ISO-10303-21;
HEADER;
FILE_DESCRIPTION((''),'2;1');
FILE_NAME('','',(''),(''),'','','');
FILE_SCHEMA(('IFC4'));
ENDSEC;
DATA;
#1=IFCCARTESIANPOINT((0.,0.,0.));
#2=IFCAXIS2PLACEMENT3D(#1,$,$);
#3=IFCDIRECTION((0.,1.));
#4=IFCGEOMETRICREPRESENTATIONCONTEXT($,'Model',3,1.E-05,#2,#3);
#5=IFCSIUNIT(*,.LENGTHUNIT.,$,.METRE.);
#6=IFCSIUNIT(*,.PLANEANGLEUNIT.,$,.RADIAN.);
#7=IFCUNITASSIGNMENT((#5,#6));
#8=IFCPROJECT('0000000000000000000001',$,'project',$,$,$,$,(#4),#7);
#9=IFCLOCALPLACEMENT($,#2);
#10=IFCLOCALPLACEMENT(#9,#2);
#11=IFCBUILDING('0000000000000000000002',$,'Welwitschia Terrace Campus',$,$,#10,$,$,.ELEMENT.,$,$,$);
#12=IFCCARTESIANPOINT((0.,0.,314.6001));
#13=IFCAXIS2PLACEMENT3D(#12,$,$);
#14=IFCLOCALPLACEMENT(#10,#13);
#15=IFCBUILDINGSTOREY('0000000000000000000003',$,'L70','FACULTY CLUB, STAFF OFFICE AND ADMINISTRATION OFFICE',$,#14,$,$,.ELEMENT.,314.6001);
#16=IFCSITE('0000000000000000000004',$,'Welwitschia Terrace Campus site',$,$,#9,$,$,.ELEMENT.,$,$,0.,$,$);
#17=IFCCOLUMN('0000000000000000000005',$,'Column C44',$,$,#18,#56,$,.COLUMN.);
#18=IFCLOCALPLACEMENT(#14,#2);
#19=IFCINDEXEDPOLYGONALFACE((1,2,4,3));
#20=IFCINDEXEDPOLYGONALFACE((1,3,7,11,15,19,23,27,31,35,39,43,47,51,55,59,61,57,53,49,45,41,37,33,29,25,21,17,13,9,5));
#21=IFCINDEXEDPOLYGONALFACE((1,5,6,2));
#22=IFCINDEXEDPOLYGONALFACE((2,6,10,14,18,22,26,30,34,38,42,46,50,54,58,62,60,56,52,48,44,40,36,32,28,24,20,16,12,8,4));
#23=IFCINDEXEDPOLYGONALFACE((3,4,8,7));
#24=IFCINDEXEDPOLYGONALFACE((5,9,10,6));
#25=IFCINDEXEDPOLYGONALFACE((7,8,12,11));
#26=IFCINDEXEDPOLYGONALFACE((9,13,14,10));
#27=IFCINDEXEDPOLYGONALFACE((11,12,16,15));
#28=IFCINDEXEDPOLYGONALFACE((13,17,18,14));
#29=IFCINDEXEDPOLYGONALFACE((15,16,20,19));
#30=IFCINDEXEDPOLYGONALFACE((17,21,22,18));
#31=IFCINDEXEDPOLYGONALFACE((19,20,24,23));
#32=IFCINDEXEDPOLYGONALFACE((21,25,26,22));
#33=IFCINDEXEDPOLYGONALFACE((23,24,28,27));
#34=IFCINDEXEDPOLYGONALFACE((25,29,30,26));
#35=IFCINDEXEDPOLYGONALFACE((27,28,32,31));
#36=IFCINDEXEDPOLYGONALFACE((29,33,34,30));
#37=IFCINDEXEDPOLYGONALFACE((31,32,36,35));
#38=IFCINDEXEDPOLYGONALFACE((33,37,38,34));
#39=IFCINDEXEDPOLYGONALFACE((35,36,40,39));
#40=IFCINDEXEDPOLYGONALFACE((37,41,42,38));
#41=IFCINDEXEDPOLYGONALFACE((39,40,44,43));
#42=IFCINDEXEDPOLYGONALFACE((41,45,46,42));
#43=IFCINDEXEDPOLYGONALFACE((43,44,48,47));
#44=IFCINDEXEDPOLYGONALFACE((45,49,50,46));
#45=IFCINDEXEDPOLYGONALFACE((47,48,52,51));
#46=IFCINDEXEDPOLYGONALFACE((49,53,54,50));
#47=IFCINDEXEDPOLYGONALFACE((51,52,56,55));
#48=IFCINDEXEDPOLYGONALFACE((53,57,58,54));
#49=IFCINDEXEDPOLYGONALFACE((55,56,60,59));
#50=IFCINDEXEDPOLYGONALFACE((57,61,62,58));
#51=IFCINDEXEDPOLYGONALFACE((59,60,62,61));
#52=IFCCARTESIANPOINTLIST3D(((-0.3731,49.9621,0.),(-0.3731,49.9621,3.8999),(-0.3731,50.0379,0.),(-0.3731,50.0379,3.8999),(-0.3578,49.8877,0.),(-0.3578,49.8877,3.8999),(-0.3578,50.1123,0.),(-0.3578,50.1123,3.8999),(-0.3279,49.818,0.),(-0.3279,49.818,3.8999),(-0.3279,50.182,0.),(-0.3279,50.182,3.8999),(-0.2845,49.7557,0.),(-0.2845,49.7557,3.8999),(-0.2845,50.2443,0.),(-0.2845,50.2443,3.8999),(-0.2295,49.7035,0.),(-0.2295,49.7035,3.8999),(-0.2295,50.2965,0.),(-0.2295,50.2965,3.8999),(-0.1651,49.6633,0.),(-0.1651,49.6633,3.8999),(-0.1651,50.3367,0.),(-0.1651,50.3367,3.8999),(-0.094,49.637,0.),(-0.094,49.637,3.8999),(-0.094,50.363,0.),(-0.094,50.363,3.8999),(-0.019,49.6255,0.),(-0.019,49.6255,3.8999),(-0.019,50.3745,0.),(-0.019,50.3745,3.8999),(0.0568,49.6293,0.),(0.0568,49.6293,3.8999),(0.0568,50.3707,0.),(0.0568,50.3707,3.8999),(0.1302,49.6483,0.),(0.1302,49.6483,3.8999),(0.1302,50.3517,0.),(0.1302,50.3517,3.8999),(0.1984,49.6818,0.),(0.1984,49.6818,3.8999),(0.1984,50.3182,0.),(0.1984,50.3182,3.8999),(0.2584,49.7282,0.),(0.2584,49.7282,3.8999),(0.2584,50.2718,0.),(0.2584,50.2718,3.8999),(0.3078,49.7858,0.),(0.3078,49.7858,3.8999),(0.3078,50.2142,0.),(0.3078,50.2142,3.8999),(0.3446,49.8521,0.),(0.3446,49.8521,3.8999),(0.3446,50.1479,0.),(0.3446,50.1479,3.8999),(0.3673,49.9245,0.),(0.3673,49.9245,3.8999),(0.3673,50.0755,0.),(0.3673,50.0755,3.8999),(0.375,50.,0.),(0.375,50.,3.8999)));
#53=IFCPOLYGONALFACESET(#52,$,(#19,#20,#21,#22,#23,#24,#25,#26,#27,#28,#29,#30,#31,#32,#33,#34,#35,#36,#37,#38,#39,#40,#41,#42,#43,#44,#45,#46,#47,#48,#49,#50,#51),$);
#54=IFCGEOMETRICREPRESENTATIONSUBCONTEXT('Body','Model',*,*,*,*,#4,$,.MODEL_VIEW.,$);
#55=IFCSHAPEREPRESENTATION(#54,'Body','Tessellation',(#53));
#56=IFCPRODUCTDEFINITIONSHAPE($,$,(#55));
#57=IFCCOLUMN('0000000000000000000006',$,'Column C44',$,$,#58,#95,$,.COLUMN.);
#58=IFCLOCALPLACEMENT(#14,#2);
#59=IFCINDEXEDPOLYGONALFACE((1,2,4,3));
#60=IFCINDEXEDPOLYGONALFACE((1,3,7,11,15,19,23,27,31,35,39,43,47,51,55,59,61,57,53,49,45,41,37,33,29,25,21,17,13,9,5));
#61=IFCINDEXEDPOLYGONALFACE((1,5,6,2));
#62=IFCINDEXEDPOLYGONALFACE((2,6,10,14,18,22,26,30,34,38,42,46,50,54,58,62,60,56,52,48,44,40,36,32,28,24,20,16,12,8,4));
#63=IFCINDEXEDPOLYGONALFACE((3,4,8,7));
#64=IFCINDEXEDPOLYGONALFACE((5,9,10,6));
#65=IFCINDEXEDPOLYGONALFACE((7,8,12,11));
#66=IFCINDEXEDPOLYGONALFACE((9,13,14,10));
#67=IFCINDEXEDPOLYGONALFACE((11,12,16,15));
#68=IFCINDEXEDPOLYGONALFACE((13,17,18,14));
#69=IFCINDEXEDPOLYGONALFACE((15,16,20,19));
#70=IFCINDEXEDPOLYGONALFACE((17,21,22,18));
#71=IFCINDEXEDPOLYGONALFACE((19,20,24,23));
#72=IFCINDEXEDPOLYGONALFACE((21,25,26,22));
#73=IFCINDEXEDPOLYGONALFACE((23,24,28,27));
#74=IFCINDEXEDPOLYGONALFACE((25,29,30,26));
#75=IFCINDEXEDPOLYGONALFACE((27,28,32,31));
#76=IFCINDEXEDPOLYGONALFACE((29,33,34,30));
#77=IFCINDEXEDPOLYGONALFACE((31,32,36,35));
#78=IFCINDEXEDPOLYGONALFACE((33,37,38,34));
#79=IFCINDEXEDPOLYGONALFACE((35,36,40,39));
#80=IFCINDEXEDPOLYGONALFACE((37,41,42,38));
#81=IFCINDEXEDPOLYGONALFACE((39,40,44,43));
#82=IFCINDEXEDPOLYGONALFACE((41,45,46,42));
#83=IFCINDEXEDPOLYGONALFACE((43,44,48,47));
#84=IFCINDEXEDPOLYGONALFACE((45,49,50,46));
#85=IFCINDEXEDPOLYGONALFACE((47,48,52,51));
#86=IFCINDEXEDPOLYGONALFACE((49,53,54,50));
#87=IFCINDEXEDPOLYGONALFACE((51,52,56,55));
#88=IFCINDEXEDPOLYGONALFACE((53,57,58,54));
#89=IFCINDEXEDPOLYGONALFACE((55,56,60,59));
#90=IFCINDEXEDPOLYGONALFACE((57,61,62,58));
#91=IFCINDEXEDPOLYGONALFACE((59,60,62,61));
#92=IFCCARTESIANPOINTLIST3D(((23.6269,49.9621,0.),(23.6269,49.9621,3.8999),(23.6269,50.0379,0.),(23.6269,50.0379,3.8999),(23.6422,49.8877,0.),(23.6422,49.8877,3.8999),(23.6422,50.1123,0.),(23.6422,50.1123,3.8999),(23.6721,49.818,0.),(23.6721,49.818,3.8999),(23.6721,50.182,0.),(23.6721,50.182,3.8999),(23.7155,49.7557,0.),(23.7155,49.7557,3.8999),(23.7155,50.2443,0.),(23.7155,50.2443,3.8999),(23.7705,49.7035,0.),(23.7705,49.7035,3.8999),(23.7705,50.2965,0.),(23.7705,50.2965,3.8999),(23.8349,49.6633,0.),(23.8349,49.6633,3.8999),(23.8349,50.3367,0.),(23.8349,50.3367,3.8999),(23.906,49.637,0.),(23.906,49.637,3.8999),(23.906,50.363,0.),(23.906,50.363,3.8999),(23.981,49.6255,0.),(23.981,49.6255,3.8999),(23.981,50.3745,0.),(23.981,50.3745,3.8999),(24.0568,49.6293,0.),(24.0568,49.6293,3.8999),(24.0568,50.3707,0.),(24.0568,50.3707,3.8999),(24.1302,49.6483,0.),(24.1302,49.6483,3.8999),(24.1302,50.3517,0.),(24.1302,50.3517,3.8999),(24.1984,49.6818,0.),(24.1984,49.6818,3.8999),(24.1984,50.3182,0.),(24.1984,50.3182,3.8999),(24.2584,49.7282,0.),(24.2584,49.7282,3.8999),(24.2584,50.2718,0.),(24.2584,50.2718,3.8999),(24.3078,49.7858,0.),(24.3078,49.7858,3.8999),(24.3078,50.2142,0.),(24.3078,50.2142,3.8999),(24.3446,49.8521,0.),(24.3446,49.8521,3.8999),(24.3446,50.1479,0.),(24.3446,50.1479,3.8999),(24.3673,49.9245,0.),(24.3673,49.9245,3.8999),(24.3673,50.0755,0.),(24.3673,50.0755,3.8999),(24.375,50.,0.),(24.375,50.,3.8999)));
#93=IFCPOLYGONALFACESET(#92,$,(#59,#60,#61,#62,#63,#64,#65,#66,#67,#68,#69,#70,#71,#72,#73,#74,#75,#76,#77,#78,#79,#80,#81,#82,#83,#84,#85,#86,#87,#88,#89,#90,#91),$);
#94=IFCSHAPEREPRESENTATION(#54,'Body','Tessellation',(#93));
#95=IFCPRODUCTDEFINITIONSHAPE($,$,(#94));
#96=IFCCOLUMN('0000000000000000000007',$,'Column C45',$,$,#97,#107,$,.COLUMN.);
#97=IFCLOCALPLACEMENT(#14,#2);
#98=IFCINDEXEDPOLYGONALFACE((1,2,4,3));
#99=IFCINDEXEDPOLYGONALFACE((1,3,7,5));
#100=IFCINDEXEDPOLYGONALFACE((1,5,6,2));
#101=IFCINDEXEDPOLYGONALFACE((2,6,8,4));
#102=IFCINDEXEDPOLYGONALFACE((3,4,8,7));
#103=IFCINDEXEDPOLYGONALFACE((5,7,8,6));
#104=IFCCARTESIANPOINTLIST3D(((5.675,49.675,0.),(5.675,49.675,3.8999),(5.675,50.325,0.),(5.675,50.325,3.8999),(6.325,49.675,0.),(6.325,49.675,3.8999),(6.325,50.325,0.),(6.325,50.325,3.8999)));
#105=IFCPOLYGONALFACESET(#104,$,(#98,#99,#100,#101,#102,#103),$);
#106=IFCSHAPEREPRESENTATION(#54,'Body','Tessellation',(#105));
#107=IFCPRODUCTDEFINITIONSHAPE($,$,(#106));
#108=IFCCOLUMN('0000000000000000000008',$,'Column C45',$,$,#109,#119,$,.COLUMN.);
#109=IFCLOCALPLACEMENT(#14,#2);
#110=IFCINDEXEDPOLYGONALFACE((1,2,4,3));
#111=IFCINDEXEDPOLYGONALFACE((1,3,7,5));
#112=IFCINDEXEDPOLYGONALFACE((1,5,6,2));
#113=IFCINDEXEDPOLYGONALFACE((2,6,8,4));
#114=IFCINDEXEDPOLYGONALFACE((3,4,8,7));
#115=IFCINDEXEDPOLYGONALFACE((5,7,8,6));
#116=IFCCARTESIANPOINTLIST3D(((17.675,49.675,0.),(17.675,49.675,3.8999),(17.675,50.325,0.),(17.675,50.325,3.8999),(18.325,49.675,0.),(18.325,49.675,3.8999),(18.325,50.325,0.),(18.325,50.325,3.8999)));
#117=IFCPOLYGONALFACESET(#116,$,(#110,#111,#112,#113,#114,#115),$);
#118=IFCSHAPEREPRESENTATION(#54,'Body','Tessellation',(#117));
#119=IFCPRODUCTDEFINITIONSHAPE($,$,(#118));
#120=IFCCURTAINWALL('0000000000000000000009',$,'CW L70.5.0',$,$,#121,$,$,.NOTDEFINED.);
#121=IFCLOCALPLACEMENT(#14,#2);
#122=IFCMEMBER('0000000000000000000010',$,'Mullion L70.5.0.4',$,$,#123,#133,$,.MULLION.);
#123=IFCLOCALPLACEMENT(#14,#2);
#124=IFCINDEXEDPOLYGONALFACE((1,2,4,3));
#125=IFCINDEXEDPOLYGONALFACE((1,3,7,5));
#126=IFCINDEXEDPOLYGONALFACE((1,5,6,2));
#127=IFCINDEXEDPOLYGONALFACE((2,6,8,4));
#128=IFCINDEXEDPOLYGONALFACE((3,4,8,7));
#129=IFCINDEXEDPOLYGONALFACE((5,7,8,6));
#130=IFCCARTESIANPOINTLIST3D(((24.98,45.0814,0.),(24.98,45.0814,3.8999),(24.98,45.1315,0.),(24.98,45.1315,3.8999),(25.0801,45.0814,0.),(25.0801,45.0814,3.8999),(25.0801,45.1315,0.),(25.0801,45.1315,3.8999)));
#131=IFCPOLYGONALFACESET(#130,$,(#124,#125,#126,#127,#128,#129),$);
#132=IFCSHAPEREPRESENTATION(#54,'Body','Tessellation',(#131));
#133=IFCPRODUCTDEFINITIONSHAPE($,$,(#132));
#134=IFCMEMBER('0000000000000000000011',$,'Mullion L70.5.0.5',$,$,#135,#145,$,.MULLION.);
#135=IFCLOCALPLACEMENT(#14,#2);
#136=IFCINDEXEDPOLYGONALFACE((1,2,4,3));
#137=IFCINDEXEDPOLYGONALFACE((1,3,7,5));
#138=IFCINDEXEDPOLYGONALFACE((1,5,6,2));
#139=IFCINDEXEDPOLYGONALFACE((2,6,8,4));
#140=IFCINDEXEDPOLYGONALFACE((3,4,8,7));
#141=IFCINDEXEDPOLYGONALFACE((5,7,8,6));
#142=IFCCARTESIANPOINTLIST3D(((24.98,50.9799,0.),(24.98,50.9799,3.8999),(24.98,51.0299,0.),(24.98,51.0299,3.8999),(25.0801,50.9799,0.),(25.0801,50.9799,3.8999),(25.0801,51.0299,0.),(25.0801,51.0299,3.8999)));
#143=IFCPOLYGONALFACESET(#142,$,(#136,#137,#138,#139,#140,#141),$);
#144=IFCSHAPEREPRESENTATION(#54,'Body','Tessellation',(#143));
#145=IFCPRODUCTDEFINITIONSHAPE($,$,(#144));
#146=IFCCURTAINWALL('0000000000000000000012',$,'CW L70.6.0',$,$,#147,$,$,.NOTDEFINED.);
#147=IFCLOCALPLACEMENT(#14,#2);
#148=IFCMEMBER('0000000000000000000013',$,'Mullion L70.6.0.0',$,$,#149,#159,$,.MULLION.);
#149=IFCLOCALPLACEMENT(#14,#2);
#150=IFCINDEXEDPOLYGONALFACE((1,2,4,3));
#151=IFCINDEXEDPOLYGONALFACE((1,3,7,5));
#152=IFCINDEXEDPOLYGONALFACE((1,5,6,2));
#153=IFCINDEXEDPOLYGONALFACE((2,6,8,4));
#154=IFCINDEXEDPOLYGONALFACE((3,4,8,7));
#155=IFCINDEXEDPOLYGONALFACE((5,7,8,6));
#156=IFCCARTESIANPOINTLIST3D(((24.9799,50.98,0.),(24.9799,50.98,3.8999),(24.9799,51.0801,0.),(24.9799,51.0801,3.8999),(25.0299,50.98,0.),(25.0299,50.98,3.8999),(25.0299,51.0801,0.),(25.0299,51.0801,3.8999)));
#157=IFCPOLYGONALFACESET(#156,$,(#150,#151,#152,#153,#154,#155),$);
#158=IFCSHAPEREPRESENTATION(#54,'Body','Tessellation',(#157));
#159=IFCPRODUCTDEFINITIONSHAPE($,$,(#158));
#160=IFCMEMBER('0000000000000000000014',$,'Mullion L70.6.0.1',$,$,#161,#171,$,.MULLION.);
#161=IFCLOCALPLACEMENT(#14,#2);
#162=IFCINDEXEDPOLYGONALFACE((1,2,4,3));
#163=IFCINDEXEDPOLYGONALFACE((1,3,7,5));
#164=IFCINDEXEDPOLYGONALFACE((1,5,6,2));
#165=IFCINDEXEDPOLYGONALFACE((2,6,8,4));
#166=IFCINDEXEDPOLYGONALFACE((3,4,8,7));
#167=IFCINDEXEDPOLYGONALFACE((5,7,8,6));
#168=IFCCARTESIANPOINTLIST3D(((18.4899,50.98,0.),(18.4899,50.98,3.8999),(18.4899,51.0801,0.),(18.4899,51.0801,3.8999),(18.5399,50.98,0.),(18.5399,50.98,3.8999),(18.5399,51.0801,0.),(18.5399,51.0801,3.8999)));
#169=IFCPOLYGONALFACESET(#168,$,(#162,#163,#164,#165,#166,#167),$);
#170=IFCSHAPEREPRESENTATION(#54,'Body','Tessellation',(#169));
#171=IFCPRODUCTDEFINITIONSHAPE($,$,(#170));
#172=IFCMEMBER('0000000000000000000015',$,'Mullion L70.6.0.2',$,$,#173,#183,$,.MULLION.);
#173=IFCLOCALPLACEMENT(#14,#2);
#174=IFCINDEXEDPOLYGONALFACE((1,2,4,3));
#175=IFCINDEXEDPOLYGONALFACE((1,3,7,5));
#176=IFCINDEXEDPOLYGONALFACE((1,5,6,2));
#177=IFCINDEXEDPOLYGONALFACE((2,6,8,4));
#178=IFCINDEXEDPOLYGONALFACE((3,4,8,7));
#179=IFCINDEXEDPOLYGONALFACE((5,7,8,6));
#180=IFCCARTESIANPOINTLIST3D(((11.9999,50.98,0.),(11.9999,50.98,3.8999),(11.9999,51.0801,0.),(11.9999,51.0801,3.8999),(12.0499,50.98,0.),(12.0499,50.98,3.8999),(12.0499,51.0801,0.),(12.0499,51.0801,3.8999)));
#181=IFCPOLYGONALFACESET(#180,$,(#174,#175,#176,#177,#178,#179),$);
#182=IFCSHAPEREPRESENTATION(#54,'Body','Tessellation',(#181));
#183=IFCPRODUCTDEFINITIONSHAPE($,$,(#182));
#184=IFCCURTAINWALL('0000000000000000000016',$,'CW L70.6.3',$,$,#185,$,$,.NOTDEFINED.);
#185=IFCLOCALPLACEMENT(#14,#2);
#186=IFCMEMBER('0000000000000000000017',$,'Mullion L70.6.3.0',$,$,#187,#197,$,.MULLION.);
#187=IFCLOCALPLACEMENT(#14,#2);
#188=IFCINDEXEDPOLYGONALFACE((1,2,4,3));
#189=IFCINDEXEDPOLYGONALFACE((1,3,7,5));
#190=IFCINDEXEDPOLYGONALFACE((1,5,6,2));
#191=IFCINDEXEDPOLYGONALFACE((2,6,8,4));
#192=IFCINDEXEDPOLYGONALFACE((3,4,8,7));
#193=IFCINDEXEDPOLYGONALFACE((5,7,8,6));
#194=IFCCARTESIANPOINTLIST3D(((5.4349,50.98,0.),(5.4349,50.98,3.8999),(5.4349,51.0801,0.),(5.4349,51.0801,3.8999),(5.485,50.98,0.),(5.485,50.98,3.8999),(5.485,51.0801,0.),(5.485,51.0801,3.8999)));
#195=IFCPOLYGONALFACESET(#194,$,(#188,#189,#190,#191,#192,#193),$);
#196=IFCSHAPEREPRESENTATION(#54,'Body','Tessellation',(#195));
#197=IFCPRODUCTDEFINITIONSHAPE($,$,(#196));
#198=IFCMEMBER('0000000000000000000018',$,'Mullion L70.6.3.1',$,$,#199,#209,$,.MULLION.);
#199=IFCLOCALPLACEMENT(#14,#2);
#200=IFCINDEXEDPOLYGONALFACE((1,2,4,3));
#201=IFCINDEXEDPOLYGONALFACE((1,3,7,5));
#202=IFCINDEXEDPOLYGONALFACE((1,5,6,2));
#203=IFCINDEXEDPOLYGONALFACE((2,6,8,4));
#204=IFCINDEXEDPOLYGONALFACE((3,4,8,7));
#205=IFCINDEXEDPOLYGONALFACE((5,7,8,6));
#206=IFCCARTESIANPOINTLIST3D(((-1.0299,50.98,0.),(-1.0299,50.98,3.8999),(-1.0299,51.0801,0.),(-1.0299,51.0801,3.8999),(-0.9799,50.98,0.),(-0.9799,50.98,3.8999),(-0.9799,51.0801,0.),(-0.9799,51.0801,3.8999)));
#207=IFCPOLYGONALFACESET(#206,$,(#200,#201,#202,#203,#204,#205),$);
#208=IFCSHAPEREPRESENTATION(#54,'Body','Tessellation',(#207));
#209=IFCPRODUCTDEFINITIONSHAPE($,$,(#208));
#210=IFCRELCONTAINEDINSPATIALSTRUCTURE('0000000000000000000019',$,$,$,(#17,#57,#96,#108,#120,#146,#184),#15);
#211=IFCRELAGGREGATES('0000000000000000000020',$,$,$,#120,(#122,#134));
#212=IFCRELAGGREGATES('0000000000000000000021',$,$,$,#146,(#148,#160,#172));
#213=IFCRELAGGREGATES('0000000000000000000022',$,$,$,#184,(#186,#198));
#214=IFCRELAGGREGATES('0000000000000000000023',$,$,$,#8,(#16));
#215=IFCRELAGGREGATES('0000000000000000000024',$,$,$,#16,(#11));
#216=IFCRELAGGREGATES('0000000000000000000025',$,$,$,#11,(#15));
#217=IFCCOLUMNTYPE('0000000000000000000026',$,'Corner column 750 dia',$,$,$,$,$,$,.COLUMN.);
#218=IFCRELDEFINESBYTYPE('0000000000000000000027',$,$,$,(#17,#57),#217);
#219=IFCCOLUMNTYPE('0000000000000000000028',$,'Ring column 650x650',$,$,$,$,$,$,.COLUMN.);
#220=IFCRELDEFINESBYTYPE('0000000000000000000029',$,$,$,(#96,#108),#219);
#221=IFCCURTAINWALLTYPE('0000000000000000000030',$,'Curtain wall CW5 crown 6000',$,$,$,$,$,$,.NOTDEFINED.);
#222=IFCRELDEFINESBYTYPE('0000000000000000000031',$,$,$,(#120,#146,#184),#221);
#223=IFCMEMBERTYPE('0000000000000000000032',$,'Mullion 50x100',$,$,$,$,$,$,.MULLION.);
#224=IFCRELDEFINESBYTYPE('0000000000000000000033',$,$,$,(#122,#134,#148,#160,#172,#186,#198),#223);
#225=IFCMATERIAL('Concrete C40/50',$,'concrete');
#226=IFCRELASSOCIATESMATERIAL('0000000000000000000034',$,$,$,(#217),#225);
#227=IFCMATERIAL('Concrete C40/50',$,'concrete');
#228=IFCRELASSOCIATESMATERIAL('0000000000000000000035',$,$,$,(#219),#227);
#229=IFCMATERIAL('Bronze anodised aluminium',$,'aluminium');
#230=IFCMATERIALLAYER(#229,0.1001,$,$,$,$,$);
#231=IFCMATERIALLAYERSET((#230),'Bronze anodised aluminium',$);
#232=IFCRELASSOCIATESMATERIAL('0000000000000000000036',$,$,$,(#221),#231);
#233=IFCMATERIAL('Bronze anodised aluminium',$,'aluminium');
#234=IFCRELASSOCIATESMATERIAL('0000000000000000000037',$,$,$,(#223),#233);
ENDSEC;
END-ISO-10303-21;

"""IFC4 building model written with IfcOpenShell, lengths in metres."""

from ifc_helpers import new_model, si_unit, direction, frame, origin, origin_2d, place, context, subcontext, project, spatial, rectangle, circle, extrude, material, layer, layer_set, material_profile, profile_set, type_object, element, aggregate, save


model = new_model("IFC4")

# Units and contexts
model_context = context("Model", 3, precision=1e-05, world=origin(), true_north=direction((0.0, 1.0)))
body_context = subcontext(model_context, "Body", "Model", "MODEL_VIEW")
ifc_project = project(units=[si_unit("LENGTHUNIT", "METRE"), si_unit("PLANEANGLEUNIT", "RADIAN")], contexts=[model_context])

# Site, building, storey
site_placement = place(None, origin())
site = spatial("IfcSite", under=ifc_project, at=site_placement, Name="Welwitschia Terrace Campus site", CompositionType="ELEMENT", RefElevation=0.0)
building_placement = place(site_placement, origin())
building = spatial("IfcBuilding", under=site, at=building_placement, Name="Welwitschia Terrace Campus", CompositionType="ELEMENT")
storey_placement = place(building_placement, frame((0.0, 0.0, 314.6001)))
storey = spatial("IfcBuildingStorey", under=building, at=storey_placement, Name="L70", Description="FACULTY CLUB, STAFF OFFICE AND ADMINISTRATION OFFICE", CompositionType="ELEMENT", Elevation=314.6001)

# Columns
ifc_material_1 = material(Name="Concrete C40/50", Category="concrete")
ifc_material_profile_1 = material_profile(ifc_material_1, circle(Radius=0.375, at=origin_2d()))
ifc_profile_set_1 = profile_set([ifc_material_profile_1], Name="Concrete C40/50")
column_type_1 = type_object("IfcColumnType", Name="Corner column 750 dia", PredefinedType="COLUMN", material=ifc_profile_set_1)
for number, where, z_axis, x_axis, name in (
    (1, (0.0, 50.0, 0.0), (0.0, 0.0, 1.0), (1.0, 0.0, 0.0), "Column C44"),
    (2, (24.0, 50.0, 0.0), (0.0, 0.0, 1.0), (1.0, 0.0, 0.0), "Column C44"),
):
    element("IfcColumn", number, at=place(storey_placement, frame(where, z_axis=z_axis, x_axis=x_axis)), inside=storey, type_object=column_type_1, Name=name, PredefinedType="COLUMN", context=body_context, shape_type="SweptSolid", body=[
        extrude(circle(Radius=0.375, at=origin_2d()), origin(), (0.0, 0.0, 1.0), 3.8999),
    ])
ifc_material_2 = material(Name="Concrete C40/50", Category="concrete")
ifc_material_profile_2 = material_profile(ifc_material_2, rectangle(XDim=0.6499, YDim=0.6499, at=origin_2d()))
ifc_profile_set_2 = profile_set([ifc_material_profile_2], Name="Concrete C40/50")
column_type_2 = type_object("IfcColumnType", Name="Ring column 650x650", PredefinedType="COLUMN", material=ifc_profile_set_2)
for number, where, z_axis, x_axis, name in (
    (3, (6.0, 50.0, 0.0), (0.0, 0.0, 1.0), (1.0, 0.0, 0.0), "Column C45"),
    (4, (18.0, 50.0, 0.0), (0.0, 0.0, 1.0), (1.0, 0.0, 0.0), "Column C45"),
):
    element("IfcColumn", number, at=place(storey_placement, frame(where, z_axis=z_axis, x_axis=x_axis)), inside=storey, type_object=column_type_2, Name=name, PredefinedType="COLUMN", context=body_context, shape_type="SweptSolid", body=[
        extrude(rectangle(XDim=0.6499, YDim=0.6499, at=origin_2d()), origin(), (0.0, 0.0, 1.0), 3.8999),
    ])

# Curtain walls, members
ifc_material_3 = material(Name="Bronze anodised aluminium", Category="aluminium")
ifc_layer_1 = layer(ifc_material_3, 0.1001)
ifc_layer_set_1 = layer_set([ifc_layer_1], Name="Bronze anodised aluminium")
curtain_wall_type = type_object("IfcCurtainWallType", Name="Curtain wall CW5 crown 6000", PredefinedType="NOTDEFINED", material=ifc_layer_set_1)
curtain_wall_1_placement = place(storey_placement, origin())
curtain_wall_1 = element("IfcCurtainWall", 5, at=curtain_wall_1_placement, inside=storey, type_object=curtain_wall_type, Name="CW L70.5.0", PredefinedType="NOTDEFINED")
ifc_material_4 = material(Name="Bronze anodised aluminium", Category="aluminium")
ifc_material_profile_3 = material_profile(ifc_material_4, rectangle(XDim=0.1001, YDim=0.05, at=origin_2d()))
ifc_profile_set_3 = profile_set([ifc_material_profile_3], Name="Bronze anodised aluminium")
member_type_1 = type_object("IfcMemberType", Name="Mullion 50x100", PredefinedType="MULLION", material=ifc_profile_set_3)
member_1_placement = place(storey_placement, frame((25.03, 45.1064, 0.0), z_axis=(0.0, 0.0, 1.0), x_axis=(-1.0, 0.0, 0.0)))
member_1 = element("IfcMember", 6, at=member_1_placement, type_object=member_type_1, Name="Mullion L70.5.0.4", PredefinedType="MULLION", context=body_context, shape_type="SweptSolid", body=[
    extrude(rectangle(XDim=0.1001, YDim=0.05, at=origin_2d()), origin(), (0.0, 0.0, 1.0), 3.8999),
])
member_2_placement = place(storey_placement, frame((25.03, 51.0049, 0.0), z_axis=(0.0, 0.0, 1.0), x_axis=(-1.0, 0.0, 0.0)))
member_2 = element("IfcMember", 7, at=member_2_placement, type_object=member_type_1, Name="Mullion L70.5.0.5", PredefinedType="MULLION", context=body_context, shape_type="SweptSolid", body=[
    extrude(rectangle(XDim=0.1001, YDim=0.05, at=origin_2d()), origin(), (0.0, 0.0, 1.0), 3.8999),
])
curtain_wall_2_placement = place(storey_placement, origin())
curtain_wall_2 = element("IfcCurtainWall", 8, at=curtain_wall_2_placement, inside=storey, type_object=curtain_wall_type, Name="CW L70.6.0", PredefinedType="NOTDEFINED")
member_3_placement = place(storey_placement, frame((25.0049, 51.03, 0.0), z_axis=(0.0, 0.0, 1.0), x_axis=(0.0, -1.0, 0.0)))
member_3 = element("IfcMember", 9, at=member_3_placement, type_object=member_type_1, Name="Mullion L70.6.0.0", PredefinedType="MULLION", context=body_context, shape_type="SweptSolid", body=[
    extrude(rectangle(XDim=0.1001, YDim=0.05, at=origin_2d()), origin(), (0.0, 0.0, 1.0), 3.8999),
])
member_4_placement = place(storey_placement, frame((18.5149, 51.03, 0.0), z_axis=(0.0, 0.0, 1.0), x_axis=(0.0, -1.0, 0.0)))
member_4 = element("IfcMember", 10, at=member_4_placement, type_object=member_type_1, Name="Mullion L70.6.0.1", PredefinedType="MULLION", context=body_context, shape_type="SweptSolid", body=[
    extrude(rectangle(XDim=0.1001, YDim=0.05, at=origin_2d()), origin(), (0.0, 0.0, 1.0), 3.8999),
])
member_5_placement = place(storey_placement, frame((12.0249, 51.03, 0.0), z_axis=(0.0, 0.0, 1.0), x_axis=(0.0, -1.0, 0.0)))
member_5 = element("IfcMember", 11, at=member_5_placement, type_object=member_type_1, Name="Mullion L70.6.0.2", PredefinedType="MULLION", context=body_context, shape_type="SweptSolid", body=[
    extrude(rectangle(XDim=0.1001, YDim=0.05, at=origin_2d()), origin(), (0.0, 0.0, 1.0), 3.8999),
])
curtain_wall_3_placement = place(storey_placement, origin())
curtain_wall_3 = element("IfcCurtainWall", 12, at=curtain_wall_3_placement, inside=storey, type_object=curtain_wall_type, Name="CW L70.6.3", PredefinedType="NOTDEFINED")
member_6_placement = place(storey_placement, frame((5.46, 51.03, 0.0), z_axis=(0.0, 0.0, 1.0), x_axis=(0.0, -1.0, 0.0)))
member_6 = element("IfcMember", 13, at=member_6_placement, type_object=member_type_1, Name="Mullion L70.6.3.0", PredefinedType="MULLION", context=body_context, shape_type="SweptSolid", body=[
    extrude(rectangle(XDim=0.1001, YDim=0.05, at=origin_2d()), origin(), (0.0, 0.0, 1.0), 3.8999),
])
member_7_placement = place(storey_placement, frame((-1.0049, 51.03, 0.0), z_axis=(0.0, 0.0, 1.0), x_axis=(0.0, -1.0, 0.0)))
member_7 = element("IfcMember", 14, at=member_7_placement, type_object=member_type_1, Name="Mullion L70.6.3.1", PredefinedType="MULLION", context=body_context, shape_type="SweptSolid", body=[
    extrude(rectangle(XDim=0.1001, YDim=0.05, at=origin_2d()), origin(), (0.0, 0.0, 1.0), 3.8999),
])

aggregate(curtain_wall_1, [member_1, member_2])
aggregate(curtain_wall_2, [member_3, member_4, member_5])
aggregate(curtain_wall_3, [member_6, member_7])

save(model, "model.ifc")
